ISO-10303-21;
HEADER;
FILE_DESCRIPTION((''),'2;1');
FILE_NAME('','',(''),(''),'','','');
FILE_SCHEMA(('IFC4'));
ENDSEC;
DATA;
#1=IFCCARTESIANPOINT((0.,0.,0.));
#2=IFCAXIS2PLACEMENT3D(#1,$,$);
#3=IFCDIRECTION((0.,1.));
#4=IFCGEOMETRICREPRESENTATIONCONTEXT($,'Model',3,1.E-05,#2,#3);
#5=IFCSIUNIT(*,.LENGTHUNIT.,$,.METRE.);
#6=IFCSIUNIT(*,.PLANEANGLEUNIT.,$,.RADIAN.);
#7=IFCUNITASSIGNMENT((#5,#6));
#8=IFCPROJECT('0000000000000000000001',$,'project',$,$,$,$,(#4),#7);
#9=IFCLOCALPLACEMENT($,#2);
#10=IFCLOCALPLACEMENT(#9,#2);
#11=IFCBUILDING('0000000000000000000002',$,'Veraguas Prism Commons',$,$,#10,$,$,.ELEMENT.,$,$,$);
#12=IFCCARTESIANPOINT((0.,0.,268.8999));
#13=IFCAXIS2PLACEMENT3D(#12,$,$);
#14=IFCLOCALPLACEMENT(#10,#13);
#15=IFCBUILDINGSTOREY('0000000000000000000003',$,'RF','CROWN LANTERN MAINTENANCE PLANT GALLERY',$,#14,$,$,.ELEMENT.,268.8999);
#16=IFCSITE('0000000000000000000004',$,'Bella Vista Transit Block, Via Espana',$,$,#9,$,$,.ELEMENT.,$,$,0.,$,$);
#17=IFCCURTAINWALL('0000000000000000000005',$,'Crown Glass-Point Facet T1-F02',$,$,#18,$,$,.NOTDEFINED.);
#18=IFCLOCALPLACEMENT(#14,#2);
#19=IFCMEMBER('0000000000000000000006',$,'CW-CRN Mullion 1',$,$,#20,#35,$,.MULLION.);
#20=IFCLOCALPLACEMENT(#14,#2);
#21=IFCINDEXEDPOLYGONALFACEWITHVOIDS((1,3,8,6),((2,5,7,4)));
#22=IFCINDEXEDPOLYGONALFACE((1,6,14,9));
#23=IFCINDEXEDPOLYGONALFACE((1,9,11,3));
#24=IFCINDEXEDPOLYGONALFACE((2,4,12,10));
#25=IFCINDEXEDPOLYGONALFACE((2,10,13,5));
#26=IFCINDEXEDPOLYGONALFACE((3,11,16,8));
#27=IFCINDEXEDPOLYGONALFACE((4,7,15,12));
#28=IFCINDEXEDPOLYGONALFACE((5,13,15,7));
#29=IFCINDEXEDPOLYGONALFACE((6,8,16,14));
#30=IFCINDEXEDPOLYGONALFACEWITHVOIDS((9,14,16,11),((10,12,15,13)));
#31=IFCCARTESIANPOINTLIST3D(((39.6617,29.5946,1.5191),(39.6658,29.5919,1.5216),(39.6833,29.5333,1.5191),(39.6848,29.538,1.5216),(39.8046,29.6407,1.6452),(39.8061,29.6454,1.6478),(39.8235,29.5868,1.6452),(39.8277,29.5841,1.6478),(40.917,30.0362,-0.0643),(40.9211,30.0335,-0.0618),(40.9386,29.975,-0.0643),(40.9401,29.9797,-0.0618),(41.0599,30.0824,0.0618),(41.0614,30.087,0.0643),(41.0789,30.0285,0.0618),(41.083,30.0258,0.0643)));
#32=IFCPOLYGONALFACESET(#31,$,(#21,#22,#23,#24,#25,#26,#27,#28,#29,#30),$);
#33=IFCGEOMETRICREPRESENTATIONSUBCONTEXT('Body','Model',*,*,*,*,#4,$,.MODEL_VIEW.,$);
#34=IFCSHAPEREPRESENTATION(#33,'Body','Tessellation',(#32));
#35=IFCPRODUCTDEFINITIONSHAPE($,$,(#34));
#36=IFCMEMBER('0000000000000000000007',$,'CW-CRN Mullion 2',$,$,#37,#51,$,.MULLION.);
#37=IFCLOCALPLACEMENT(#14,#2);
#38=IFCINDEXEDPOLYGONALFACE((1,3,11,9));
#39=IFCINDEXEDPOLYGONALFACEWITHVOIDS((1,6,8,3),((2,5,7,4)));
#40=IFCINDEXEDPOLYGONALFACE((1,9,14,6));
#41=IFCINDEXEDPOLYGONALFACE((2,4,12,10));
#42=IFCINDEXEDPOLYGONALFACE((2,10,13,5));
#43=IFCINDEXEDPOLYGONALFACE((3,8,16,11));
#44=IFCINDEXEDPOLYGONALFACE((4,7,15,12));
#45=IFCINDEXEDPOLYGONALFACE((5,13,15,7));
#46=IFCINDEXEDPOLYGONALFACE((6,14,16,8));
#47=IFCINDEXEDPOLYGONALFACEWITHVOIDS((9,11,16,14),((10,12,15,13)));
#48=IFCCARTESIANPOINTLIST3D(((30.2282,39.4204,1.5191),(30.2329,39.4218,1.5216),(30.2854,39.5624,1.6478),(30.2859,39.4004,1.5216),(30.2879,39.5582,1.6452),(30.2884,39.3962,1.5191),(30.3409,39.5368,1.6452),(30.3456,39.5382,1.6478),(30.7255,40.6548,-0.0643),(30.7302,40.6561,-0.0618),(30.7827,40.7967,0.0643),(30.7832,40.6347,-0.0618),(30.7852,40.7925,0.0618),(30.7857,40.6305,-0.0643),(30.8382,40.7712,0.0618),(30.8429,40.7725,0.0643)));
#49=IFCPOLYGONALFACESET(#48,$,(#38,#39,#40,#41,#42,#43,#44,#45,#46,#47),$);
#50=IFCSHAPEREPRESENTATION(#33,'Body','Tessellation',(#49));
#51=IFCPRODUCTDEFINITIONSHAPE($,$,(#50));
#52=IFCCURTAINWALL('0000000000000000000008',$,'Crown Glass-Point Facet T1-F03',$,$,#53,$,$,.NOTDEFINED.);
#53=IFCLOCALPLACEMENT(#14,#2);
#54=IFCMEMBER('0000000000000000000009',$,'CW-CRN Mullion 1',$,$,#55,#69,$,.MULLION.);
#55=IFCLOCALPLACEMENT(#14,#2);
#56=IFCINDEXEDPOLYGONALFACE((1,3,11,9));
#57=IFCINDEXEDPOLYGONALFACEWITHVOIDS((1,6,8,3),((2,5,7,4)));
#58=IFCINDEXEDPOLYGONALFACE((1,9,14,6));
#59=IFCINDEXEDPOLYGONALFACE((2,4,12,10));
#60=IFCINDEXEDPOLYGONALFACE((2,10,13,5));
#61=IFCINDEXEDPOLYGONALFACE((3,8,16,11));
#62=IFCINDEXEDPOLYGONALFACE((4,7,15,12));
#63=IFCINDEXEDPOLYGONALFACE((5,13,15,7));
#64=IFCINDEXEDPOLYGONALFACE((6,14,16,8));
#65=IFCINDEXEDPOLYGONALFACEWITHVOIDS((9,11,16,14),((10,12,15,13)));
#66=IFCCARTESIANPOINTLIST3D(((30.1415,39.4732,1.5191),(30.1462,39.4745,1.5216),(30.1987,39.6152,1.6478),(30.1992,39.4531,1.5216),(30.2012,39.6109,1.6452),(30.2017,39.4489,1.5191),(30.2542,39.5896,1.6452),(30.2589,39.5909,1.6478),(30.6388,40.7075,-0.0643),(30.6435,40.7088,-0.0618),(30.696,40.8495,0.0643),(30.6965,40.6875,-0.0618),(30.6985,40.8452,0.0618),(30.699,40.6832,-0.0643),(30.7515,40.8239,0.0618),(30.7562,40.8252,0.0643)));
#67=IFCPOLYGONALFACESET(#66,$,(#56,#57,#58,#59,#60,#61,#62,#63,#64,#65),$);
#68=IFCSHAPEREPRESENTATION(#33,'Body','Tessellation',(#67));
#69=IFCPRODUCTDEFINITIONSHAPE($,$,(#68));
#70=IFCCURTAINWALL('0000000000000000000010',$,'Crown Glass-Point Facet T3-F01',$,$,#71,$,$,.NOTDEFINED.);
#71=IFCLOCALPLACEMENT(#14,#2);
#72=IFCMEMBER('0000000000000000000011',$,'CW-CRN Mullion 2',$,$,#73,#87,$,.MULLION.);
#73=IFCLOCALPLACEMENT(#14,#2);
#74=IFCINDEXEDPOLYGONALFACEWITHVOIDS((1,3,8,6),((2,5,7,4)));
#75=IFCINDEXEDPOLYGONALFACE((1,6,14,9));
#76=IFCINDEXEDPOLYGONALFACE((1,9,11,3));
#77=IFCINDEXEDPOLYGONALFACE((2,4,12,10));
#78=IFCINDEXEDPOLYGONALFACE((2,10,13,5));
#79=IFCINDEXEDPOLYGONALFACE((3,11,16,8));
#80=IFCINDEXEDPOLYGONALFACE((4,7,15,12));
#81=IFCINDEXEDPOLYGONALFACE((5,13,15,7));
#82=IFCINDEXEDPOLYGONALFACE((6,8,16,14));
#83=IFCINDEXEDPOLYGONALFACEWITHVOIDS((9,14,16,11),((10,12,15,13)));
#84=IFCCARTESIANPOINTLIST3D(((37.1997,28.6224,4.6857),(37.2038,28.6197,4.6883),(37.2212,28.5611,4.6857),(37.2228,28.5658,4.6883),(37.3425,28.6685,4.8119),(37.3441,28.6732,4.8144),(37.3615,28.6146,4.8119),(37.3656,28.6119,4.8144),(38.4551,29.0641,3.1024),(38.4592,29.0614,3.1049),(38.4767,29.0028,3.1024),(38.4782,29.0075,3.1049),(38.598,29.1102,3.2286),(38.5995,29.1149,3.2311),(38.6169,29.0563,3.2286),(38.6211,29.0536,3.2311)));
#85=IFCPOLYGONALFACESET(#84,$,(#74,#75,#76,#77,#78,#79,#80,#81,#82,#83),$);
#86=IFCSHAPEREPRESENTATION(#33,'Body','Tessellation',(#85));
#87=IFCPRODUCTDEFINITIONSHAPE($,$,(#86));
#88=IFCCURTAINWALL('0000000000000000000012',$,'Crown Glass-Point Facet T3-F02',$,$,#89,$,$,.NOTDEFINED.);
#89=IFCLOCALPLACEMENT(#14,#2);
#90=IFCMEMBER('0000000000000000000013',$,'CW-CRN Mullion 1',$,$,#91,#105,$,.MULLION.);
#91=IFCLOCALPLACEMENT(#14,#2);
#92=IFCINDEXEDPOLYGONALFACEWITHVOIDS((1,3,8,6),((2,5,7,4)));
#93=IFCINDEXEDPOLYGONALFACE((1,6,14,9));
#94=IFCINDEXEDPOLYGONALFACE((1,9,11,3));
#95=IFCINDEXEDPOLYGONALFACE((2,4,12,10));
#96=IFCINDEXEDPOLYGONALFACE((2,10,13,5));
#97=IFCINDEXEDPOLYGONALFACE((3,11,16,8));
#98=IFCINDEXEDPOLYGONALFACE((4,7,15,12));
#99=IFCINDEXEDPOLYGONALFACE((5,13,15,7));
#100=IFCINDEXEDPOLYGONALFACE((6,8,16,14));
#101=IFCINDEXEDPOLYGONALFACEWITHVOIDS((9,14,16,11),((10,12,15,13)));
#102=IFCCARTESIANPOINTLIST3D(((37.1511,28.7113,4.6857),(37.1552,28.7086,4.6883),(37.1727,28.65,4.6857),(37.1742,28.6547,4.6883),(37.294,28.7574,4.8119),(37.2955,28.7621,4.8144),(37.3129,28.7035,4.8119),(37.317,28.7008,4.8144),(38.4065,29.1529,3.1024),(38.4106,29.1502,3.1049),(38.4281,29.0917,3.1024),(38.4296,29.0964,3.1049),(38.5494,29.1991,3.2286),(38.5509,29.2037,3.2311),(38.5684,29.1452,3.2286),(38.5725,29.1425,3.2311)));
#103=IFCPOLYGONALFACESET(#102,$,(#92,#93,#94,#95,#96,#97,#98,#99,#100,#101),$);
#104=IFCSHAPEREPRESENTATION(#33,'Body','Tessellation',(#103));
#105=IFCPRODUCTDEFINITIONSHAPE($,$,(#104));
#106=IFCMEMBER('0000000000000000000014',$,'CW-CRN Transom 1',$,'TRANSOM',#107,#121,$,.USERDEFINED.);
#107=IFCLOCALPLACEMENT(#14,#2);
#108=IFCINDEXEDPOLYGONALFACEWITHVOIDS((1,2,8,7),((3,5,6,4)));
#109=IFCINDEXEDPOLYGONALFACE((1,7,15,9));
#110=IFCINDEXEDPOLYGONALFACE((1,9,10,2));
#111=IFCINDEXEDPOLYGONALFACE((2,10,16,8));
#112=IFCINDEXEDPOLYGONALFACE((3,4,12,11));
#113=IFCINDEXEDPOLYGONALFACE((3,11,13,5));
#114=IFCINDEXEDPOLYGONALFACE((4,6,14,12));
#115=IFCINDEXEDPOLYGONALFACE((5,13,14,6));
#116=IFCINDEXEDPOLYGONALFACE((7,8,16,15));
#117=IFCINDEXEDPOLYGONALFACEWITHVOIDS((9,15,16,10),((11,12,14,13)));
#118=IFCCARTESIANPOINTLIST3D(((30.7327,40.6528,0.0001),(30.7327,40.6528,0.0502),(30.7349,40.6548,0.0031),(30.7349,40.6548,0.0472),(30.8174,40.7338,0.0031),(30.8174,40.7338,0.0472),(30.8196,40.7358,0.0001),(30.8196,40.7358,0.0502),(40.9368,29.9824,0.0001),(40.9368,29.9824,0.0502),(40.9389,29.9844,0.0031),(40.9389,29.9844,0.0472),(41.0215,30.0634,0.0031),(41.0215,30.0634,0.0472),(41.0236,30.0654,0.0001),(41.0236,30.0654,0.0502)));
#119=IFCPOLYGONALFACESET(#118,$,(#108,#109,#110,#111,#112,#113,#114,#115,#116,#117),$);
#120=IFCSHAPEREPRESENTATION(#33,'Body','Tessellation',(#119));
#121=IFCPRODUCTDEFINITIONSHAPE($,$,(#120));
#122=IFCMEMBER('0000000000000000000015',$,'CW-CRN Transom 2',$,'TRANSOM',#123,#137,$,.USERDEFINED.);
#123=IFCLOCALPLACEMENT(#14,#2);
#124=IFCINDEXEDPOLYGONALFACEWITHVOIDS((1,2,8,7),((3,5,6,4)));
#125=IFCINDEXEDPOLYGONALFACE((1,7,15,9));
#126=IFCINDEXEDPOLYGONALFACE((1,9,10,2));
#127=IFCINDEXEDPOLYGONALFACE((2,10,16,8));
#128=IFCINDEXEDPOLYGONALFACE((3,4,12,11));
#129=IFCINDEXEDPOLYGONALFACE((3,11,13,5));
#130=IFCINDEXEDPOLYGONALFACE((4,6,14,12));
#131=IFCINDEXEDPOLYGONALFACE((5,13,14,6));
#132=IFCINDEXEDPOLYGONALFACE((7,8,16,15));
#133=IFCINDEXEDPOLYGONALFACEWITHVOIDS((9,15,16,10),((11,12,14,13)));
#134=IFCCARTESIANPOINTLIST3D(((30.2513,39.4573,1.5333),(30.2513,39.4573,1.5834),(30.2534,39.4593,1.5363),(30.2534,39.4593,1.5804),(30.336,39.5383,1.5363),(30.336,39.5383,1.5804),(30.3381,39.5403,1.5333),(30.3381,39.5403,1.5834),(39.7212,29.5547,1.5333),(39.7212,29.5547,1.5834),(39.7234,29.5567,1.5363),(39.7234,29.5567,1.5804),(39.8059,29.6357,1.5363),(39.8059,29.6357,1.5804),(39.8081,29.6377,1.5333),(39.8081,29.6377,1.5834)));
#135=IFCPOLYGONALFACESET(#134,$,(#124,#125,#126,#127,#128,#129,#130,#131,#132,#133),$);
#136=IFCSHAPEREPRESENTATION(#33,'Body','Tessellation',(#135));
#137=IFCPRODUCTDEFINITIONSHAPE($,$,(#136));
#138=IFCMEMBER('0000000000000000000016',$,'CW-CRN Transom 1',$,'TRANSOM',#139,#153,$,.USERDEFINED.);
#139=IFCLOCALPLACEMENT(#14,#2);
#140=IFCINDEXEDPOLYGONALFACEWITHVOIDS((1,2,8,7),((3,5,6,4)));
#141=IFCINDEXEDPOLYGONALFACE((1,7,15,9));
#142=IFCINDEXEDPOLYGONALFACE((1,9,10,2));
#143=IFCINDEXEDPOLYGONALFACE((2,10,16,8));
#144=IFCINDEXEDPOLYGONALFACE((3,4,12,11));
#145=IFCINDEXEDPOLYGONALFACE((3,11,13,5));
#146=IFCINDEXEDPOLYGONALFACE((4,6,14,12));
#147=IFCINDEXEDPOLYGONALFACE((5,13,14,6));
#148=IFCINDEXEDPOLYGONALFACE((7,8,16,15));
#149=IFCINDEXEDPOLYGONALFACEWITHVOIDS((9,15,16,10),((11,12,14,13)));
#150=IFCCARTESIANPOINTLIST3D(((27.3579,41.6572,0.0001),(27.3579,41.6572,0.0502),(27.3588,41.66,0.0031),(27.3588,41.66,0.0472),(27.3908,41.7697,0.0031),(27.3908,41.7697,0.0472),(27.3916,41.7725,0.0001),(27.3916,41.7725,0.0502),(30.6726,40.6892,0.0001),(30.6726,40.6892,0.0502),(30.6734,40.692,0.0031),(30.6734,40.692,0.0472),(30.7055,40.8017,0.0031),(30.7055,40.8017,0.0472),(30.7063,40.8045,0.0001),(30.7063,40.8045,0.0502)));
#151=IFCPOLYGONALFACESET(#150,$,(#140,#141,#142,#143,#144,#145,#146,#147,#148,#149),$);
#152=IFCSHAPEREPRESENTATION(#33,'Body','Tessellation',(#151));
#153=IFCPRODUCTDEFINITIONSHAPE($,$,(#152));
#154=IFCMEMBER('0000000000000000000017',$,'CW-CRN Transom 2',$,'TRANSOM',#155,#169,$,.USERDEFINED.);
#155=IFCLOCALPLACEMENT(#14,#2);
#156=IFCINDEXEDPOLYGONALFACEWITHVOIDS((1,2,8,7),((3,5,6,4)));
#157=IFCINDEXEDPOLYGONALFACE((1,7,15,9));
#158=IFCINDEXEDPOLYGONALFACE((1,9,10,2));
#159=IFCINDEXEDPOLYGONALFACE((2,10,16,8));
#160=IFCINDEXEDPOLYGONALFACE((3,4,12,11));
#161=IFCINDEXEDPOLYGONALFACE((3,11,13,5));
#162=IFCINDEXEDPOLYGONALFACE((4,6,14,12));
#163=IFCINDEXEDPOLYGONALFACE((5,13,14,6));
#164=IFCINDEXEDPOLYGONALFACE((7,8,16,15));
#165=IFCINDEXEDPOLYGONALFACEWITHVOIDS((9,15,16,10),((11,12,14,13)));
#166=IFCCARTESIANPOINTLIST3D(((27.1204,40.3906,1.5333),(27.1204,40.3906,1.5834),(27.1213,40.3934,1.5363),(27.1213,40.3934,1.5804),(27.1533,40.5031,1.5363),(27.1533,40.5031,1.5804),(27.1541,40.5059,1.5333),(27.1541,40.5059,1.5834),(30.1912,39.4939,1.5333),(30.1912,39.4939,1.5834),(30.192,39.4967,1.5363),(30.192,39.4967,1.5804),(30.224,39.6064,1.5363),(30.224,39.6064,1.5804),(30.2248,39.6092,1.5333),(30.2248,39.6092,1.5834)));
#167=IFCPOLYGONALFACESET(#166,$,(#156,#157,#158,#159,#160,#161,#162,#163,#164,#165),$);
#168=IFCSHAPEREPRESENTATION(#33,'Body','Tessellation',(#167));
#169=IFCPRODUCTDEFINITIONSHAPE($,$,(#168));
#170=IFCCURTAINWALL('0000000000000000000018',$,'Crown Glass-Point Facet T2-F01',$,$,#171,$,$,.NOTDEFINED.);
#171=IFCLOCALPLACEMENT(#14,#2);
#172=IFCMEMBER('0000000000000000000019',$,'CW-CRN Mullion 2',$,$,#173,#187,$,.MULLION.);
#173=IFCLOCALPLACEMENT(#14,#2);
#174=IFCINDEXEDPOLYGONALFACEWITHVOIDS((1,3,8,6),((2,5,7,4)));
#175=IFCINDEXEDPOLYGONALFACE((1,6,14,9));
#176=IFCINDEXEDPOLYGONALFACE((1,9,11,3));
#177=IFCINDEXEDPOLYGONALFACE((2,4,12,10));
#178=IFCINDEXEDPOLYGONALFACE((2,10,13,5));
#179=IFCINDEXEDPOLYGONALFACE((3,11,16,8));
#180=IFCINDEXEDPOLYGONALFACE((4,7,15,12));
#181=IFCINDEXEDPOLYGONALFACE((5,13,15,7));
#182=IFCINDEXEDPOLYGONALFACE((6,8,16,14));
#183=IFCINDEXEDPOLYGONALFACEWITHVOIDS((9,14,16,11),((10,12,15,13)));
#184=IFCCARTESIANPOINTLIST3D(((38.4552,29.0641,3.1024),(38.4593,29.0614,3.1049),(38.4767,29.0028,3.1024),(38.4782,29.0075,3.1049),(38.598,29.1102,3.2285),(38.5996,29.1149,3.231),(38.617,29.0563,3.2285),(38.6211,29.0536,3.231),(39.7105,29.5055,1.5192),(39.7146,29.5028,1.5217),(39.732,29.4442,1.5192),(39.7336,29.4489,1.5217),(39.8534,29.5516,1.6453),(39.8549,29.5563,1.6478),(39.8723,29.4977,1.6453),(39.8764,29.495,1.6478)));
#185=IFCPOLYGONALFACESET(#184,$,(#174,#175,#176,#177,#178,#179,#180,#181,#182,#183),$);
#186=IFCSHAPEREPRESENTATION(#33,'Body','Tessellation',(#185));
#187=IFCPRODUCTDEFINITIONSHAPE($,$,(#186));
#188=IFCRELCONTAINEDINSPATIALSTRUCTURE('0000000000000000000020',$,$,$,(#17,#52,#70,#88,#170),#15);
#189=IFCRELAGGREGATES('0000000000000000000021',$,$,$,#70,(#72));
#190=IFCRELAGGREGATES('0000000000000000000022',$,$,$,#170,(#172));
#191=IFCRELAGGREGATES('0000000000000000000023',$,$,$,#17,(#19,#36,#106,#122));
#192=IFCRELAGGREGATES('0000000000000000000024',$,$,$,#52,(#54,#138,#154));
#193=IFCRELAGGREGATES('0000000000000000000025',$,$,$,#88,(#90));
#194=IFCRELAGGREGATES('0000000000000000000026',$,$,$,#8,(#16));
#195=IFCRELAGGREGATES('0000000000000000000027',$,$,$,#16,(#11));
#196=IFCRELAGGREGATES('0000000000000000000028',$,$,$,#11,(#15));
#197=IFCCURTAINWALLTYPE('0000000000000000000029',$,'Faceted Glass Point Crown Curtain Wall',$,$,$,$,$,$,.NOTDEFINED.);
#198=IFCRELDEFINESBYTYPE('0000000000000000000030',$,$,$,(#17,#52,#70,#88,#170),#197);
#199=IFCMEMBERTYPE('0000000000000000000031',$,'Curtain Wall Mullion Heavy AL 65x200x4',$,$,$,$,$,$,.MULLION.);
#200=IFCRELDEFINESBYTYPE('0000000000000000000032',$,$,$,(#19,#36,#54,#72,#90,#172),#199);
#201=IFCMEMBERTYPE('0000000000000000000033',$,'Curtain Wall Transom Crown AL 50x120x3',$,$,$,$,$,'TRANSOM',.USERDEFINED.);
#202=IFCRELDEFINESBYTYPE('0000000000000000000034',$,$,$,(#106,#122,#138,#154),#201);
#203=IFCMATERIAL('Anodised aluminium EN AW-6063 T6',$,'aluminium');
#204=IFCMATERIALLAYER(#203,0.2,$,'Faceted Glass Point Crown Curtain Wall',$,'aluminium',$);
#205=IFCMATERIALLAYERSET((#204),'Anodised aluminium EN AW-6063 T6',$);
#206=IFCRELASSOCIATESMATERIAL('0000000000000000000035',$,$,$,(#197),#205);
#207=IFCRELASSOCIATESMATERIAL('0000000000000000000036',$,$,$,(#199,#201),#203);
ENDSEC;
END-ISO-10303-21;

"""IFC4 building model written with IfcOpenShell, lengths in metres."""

from ifc_helpers import new_model, si_unit, direction, frame, origin, origin_2d, place, context, subcontext, project, spatial, hollow_rectangle, extrude, source, transform, mapped, material, layer, layer_set, material_profile, profile_set, type_object, element, aggregate, save


model = new_model("IFC4")

# Units and contexts
model_context = context("Model", 3, precision=1e-05, world=origin(), true_north=direction((0.0, 1.0)))
body_context = subcontext(model_context, "Body", "Model", "MODEL_VIEW")
ifc_project = project(units=[si_unit("LENGTHUNIT", "METRE"), si_unit("PLANEANGLEUNIT", "RADIAN")], contexts=[model_context])

# Site, building, storey
site_placement = place(None, origin())
site = spatial("IfcSite", under=ifc_project, at=site_placement, Name="Bella Vista Transit Block, Via Espana", CompositionType="ELEMENT", RefElevation=0.0)
building_placement = place(site_placement, origin())
building = spatial("IfcBuilding", under=site, at=building_placement, Name="Veraguas Prism Commons", CompositionType="ELEMENT")
storey_placement = place(building_placement, frame((0.0, 0.0, 268.8999)))
storey = spatial("IfcBuildingStorey", under=building, at=storey_placement, Name="RF", Description="CROWN LANTERN MAINTENANCE PLANT GALLERY", CompositionType="ELEMENT", Elevation=268.8999)

# Shared definitions
ifc_material_1 = material(Name="Anodised aluminium EN AW-6063 T6", Category="aluminium")
ifc_layer_1 = layer(ifc_material_1, 0.2, Name="Faceted Glass Point Crown Curtain Wall", Category="aluminium")
ifc_layer_set_1 = layer_set([ifc_layer_1], Name="Anodised aluminium EN AW-6063 T6")
curtain_wall_type = type_object("IfcCurtainWallType", Name="Faceted Glass Point Crown Curtain Wall", PredefinedType="NOTDEFINED", material=ifc_layer_set_1)
ifc_material_profile_1 = material_profile(ifc_material_1, hollow_rectangle(XDim=0.0649, YDim=0.2, WallThickness=0.0039, at=origin_2d()), Name="AL65X200X4")
ifc_profile_set_1 = profile_set([ifc_material_profile_1], Name="Anodised aluminium EN AW-6063 T6")
member_type_1 = type_object("IfcMemberType", Name="Curtain Wall Mullion Heavy AL 65x200x4", PredefinedType="MULLION", material=ifc_profile_set_1)
shared_shape_1 = source(origin(), body_context, "Body", "SweptSolid", [
    extrude(hollow_rectangle(XDim=0.0649, YDim=0.2, WallThickness=0.0039, at=origin_2d()), origin(), (0.0, 0.0, 1.0), 2.0684),
])

# Curtain wall, members
curtain_wall_1_placement = place(storey_placement, origin())
curtain_wall_1 = element("IfcCurtainWall", 1, at=curtain_wall_1_placement, inside=storey, type_object=curtain_wall_type, Name="Crown Glass-Point Facet T1-F02", PredefinedType="NOTDEFINED")
member_1_placement = place(storey_placement, frame((41.0, 30.031, 0.0), z_axis=(-0.606915, -0.213518, 0.765548), x_axis=(0.33187, -0.943325, 0.0)))
member_1 = element("IfcMember", 2, at=member_1_placement, type_object=member_type_1, Name="CW-CRN Mullion 1", PredefinedType="MULLION", context=body_context, shape_type="MappedRepresentation", body=[
    mapped(shared_shape_1, transform((0.0, 0.0, 0.0), scale=1.0)),
])
member_2_placement = place(storey_placement, frame((30.7842, 40.7136, 0.0), z_axis=(-0.240429, -0.596765, 0.765549), x_axis=(0.92755, -0.373699, 0.0)))
member_2 = element("IfcMember", 3, at=member_2_placement, type_object=member_type_1, Name="CW-CRN Mullion 2", PredefinedType="MULLION", context=body_context, shape_type="MappedRepresentation", body=[
    mapped(shared_shape_1, transform((0.0, 0.0, 0.0), scale=1.0)),
])

# Curtain walls, members
curtain_wall_2_placement = place(storey_placement, origin())
curtain_wall_2 = element("IfcCurtainWall", 4, at=curtain_wall_2_placement, inside=storey, type_object=curtain_wall_type, Name="Crown Glass-Point Facet T1-F03", PredefinedType="NOTDEFINED")
member_3_placement = place(storey_placement, frame((30.6975, 40.7664, 0.0), z_axis=(-0.240429, -0.596765, 0.765549), x_axis=(0.92755, -0.373699, 0.0)))
member_3 = element("IfcMember", 5, at=member_3_placement, type_object=member_type_1, Name="CW-CRN Mullion 1", PredefinedType="MULLION", context=body_context, shape_type="MappedRepresentation", body=[
    mapped(shared_shape_1, transform((0.0, 0.0, 0.0), scale=1.0)),
])
curtain_wall_3_placement = place(storey_placement, origin())
curtain_wall_3 = element("IfcCurtainWall", 6, at=curtain_wall_3_placement, inside=storey, type_object=curtain_wall_type, Name="Crown Glass-Point Facet T3-F01", PredefinedType="NOTDEFINED")
member_4_placement = place(storey_placement, frame((38.5381, 29.0588, 3.1667), z_axis=(-0.60697, -0.213537, 0.7655), x_axis=(0.33187, -0.943325, 0.0)))
member_4 = element("IfcMember", 7, at=member_4_placement, type_object=member_type_1, Name="CW-CRN Mullion 2", PredefinedType="MULLION", context=body_context, shape_type="MappedRepresentation", body=[
    mapped(shared_shape_1, transform((0.0, 0.0, 0.0), scale=1.0)),
])
aggregate(curtain_wall_3, [member_4])
curtain_wall_4_placement = place(storey_placement, origin())
curtain_wall_4 = element("IfcCurtainWall", 8, at=curtain_wall_4_placement, inside=storey, type_object=curtain_wall_type, Name="Crown Glass-Point Facet T3-F02", PredefinedType="NOTDEFINED")
member_5_placement = place(storey_placement, frame((38.4895, 29.1477, 3.1667), z_axis=(-0.60697, -0.213537, 0.7655), x_axis=(0.33187, -0.943325, 0.0)))
member_5 = element("IfcMember", 9, at=member_5_placement, type_object=member_type_1, Name="CW-CRN Mullion 1", PredefinedType="MULLION", context=body_context, shape_type="MappedRepresentation", body=[
    mapped(shared_shape_1, transform((0.0, 0.0, 0.0), scale=1.0)),
])

# Members
ifc_material_profile_2 = material_profile(ifc_material_1, hollow_rectangle(XDim=0.05, YDim=0.1201, WallThickness=0.0029, at=origin_2d()), Name="AL50X120X3")
ifc_profile_set_2 = profile_set([ifc_material_profile_2], Name="Anodised aluminium EN AW-6063 T6")
member_type_2 = type_object("IfcMemberType", Name="Curtain Wall Transom Crown AL 50x120x3", ElementType="TRANSOM", PredefinedType="USERDEFINED", material=ifc_profile_set_2)
shared_shape_2 = source(origin(), body_context, "Body", "SweptSolid", [
    extrude(hollow_rectangle(XDim=0.05, YDim=0.1201, WallThickness=0.0029, at=origin_2d()), origin(), (0.0, 0.0, 1.0), 14.7642),
])
member_6_placement = place(storey_placement, frame((40.9802, 30.0239, 0.0251), z_axis=(-0.691139, 0.722722, 0.0), x_axis=(0.0, 0.0, 1.0)))
member_6 = element("IfcMember", 10, at=member_6_placement, type_object=member_type_2, Name="CW-CRN Transom 1", ObjectType="TRANSOM", PredefinedType="USERDEFINED", context=body_context, shape_type="MappedRepresentation", body=[
    mapped(shared_shape_2, transform((0.0, 0.0, 0.0), scale=1.0)),
])
shared_shape_3 = source(origin(), body_context, "Body", "SweptSolid", [
    extrude(hollow_rectangle(XDim=0.05, YDim=0.1201, WallThickness=0.0029, at=origin_2d()), origin(), (0.0, 0.0, 1.0), 13.7019),
])
member_7_placement = place(storey_placement, frame((39.7646, 29.5962, 1.5583), z_axis=(-0.691144, 0.722717, 0.0), x_axis=(0.0, 0.0, 1.0)))
member_7 = element("IfcMember", 11, at=member_7_placement, type_object=member_type_2, Name="CW-CRN Transom 2", ObjectType="TRANSOM", PredefinedType="USERDEFINED", context=body_context, shape_type="MappedRepresentation", body=[
    mapped(shared_shape_3, transform((0.0, 0.0, 0.0), scale=1.0)),
])
shared_shape_4 = source(origin(), body_context, "Body", "SweptSolid", [
    extrude(hollow_rectangle(XDim=0.05, YDim=0.1201, WallThickness=0.0029, at=origin_2d()), origin(), (0.0, 0.0, 1.0), 3.4531),
])
member_8_placement = place(storey_placement, frame((30.6895, 40.7468, 0.0251), z_axis=(-0.959904, 0.280328, 0.0), x_axis=(0.0, 0.0, 1.0)))
member_8 = element("IfcMember", 12, at=member_8_placement, type_object=member_type_2, Name="CW-CRN Transom 1", ObjectType="TRANSOM", PredefinedType="USERDEFINED", context=body_context, shape_type="MappedRepresentation", body=[
    mapped(shared_shape_4, transform((0.0, 0.0, 0.0), scale=1.0)),
])
shared_shape_5 = source(origin(), body_context, "Body", "SweptSolid", [
    extrude(hollow_rectangle(XDim=0.05, YDim=0.1201, WallThickness=0.0029, at=origin_2d()), origin(), (0.0, 0.0, 1.0), 3.199),
])
member_9_placement = place(storey_placement, frame((30.208, 39.5515, 1.5583), z_axis=(-0.959909, 0.280311, 0.0), x_axis=(0.0, 0.0, 1.0)))
member_9 = element("IfcMember", 13, at=member_9_placement, type_object=member_type_2, Name="CW-CRN Transom 2", ObjectType="TRANSOM", PredefinedType="USERDEFINED", context=body_context, shape_type="MappedRepresentation", body=[
    mapped(shared_shape_5, transform((0.0, 0.0, 0.0), scale=1.0)),
])

# Curtain wall, member
curtain_wall_5_placement = place(storey_placement, origin())
curtain_wall_5 = element("IfcCurtainWall", 14, at=curtain_wall_5_placement, inside=storey, type_object=curtain_wall_type, Name="Crown Glass-Point Facet T2-F01", PredefinedType="NOTDEFINED")
shared_shape_6 = source(origin(), body_context, "Body", "SweptSolid", [
    extrude(hollow_rectangle(XDim=0.0649, YDim=0.2, WallThickness=0.0039, at=origin_2d()), origin(), (0.0, 0.0, 1.0), 2.0681),
])
member_10_placement = place(storey_placement, frame((39.7935, 29.5002, 1.5835), z_axis=(-0.606985, -0.213425, 0.765519), x_axis=(0.331707, -0.943383, 0.0)))
member_10 = element("IfcMember", 15, at=member_10_placement, type_object=member_type_1, Name="CW-CRN Mullion 2", PredefinedType="MULLION", context=body_context, shape_type="MappedRepresentation", body=[
    mapped(shared_shape_6, transform((0.0, 0.0, 0.0), scale=1.0)),
])
aggregate(curtain_wall_5, [member_10])

aggregate(curtain_wall_1, [member_1, member_2, member_6, member_7])
aggregate(curtain_wall_2, [member_3, member_8, member_9])
aggregate(curtain_wall_4, [member_5])

save(model, "model.ifc")
